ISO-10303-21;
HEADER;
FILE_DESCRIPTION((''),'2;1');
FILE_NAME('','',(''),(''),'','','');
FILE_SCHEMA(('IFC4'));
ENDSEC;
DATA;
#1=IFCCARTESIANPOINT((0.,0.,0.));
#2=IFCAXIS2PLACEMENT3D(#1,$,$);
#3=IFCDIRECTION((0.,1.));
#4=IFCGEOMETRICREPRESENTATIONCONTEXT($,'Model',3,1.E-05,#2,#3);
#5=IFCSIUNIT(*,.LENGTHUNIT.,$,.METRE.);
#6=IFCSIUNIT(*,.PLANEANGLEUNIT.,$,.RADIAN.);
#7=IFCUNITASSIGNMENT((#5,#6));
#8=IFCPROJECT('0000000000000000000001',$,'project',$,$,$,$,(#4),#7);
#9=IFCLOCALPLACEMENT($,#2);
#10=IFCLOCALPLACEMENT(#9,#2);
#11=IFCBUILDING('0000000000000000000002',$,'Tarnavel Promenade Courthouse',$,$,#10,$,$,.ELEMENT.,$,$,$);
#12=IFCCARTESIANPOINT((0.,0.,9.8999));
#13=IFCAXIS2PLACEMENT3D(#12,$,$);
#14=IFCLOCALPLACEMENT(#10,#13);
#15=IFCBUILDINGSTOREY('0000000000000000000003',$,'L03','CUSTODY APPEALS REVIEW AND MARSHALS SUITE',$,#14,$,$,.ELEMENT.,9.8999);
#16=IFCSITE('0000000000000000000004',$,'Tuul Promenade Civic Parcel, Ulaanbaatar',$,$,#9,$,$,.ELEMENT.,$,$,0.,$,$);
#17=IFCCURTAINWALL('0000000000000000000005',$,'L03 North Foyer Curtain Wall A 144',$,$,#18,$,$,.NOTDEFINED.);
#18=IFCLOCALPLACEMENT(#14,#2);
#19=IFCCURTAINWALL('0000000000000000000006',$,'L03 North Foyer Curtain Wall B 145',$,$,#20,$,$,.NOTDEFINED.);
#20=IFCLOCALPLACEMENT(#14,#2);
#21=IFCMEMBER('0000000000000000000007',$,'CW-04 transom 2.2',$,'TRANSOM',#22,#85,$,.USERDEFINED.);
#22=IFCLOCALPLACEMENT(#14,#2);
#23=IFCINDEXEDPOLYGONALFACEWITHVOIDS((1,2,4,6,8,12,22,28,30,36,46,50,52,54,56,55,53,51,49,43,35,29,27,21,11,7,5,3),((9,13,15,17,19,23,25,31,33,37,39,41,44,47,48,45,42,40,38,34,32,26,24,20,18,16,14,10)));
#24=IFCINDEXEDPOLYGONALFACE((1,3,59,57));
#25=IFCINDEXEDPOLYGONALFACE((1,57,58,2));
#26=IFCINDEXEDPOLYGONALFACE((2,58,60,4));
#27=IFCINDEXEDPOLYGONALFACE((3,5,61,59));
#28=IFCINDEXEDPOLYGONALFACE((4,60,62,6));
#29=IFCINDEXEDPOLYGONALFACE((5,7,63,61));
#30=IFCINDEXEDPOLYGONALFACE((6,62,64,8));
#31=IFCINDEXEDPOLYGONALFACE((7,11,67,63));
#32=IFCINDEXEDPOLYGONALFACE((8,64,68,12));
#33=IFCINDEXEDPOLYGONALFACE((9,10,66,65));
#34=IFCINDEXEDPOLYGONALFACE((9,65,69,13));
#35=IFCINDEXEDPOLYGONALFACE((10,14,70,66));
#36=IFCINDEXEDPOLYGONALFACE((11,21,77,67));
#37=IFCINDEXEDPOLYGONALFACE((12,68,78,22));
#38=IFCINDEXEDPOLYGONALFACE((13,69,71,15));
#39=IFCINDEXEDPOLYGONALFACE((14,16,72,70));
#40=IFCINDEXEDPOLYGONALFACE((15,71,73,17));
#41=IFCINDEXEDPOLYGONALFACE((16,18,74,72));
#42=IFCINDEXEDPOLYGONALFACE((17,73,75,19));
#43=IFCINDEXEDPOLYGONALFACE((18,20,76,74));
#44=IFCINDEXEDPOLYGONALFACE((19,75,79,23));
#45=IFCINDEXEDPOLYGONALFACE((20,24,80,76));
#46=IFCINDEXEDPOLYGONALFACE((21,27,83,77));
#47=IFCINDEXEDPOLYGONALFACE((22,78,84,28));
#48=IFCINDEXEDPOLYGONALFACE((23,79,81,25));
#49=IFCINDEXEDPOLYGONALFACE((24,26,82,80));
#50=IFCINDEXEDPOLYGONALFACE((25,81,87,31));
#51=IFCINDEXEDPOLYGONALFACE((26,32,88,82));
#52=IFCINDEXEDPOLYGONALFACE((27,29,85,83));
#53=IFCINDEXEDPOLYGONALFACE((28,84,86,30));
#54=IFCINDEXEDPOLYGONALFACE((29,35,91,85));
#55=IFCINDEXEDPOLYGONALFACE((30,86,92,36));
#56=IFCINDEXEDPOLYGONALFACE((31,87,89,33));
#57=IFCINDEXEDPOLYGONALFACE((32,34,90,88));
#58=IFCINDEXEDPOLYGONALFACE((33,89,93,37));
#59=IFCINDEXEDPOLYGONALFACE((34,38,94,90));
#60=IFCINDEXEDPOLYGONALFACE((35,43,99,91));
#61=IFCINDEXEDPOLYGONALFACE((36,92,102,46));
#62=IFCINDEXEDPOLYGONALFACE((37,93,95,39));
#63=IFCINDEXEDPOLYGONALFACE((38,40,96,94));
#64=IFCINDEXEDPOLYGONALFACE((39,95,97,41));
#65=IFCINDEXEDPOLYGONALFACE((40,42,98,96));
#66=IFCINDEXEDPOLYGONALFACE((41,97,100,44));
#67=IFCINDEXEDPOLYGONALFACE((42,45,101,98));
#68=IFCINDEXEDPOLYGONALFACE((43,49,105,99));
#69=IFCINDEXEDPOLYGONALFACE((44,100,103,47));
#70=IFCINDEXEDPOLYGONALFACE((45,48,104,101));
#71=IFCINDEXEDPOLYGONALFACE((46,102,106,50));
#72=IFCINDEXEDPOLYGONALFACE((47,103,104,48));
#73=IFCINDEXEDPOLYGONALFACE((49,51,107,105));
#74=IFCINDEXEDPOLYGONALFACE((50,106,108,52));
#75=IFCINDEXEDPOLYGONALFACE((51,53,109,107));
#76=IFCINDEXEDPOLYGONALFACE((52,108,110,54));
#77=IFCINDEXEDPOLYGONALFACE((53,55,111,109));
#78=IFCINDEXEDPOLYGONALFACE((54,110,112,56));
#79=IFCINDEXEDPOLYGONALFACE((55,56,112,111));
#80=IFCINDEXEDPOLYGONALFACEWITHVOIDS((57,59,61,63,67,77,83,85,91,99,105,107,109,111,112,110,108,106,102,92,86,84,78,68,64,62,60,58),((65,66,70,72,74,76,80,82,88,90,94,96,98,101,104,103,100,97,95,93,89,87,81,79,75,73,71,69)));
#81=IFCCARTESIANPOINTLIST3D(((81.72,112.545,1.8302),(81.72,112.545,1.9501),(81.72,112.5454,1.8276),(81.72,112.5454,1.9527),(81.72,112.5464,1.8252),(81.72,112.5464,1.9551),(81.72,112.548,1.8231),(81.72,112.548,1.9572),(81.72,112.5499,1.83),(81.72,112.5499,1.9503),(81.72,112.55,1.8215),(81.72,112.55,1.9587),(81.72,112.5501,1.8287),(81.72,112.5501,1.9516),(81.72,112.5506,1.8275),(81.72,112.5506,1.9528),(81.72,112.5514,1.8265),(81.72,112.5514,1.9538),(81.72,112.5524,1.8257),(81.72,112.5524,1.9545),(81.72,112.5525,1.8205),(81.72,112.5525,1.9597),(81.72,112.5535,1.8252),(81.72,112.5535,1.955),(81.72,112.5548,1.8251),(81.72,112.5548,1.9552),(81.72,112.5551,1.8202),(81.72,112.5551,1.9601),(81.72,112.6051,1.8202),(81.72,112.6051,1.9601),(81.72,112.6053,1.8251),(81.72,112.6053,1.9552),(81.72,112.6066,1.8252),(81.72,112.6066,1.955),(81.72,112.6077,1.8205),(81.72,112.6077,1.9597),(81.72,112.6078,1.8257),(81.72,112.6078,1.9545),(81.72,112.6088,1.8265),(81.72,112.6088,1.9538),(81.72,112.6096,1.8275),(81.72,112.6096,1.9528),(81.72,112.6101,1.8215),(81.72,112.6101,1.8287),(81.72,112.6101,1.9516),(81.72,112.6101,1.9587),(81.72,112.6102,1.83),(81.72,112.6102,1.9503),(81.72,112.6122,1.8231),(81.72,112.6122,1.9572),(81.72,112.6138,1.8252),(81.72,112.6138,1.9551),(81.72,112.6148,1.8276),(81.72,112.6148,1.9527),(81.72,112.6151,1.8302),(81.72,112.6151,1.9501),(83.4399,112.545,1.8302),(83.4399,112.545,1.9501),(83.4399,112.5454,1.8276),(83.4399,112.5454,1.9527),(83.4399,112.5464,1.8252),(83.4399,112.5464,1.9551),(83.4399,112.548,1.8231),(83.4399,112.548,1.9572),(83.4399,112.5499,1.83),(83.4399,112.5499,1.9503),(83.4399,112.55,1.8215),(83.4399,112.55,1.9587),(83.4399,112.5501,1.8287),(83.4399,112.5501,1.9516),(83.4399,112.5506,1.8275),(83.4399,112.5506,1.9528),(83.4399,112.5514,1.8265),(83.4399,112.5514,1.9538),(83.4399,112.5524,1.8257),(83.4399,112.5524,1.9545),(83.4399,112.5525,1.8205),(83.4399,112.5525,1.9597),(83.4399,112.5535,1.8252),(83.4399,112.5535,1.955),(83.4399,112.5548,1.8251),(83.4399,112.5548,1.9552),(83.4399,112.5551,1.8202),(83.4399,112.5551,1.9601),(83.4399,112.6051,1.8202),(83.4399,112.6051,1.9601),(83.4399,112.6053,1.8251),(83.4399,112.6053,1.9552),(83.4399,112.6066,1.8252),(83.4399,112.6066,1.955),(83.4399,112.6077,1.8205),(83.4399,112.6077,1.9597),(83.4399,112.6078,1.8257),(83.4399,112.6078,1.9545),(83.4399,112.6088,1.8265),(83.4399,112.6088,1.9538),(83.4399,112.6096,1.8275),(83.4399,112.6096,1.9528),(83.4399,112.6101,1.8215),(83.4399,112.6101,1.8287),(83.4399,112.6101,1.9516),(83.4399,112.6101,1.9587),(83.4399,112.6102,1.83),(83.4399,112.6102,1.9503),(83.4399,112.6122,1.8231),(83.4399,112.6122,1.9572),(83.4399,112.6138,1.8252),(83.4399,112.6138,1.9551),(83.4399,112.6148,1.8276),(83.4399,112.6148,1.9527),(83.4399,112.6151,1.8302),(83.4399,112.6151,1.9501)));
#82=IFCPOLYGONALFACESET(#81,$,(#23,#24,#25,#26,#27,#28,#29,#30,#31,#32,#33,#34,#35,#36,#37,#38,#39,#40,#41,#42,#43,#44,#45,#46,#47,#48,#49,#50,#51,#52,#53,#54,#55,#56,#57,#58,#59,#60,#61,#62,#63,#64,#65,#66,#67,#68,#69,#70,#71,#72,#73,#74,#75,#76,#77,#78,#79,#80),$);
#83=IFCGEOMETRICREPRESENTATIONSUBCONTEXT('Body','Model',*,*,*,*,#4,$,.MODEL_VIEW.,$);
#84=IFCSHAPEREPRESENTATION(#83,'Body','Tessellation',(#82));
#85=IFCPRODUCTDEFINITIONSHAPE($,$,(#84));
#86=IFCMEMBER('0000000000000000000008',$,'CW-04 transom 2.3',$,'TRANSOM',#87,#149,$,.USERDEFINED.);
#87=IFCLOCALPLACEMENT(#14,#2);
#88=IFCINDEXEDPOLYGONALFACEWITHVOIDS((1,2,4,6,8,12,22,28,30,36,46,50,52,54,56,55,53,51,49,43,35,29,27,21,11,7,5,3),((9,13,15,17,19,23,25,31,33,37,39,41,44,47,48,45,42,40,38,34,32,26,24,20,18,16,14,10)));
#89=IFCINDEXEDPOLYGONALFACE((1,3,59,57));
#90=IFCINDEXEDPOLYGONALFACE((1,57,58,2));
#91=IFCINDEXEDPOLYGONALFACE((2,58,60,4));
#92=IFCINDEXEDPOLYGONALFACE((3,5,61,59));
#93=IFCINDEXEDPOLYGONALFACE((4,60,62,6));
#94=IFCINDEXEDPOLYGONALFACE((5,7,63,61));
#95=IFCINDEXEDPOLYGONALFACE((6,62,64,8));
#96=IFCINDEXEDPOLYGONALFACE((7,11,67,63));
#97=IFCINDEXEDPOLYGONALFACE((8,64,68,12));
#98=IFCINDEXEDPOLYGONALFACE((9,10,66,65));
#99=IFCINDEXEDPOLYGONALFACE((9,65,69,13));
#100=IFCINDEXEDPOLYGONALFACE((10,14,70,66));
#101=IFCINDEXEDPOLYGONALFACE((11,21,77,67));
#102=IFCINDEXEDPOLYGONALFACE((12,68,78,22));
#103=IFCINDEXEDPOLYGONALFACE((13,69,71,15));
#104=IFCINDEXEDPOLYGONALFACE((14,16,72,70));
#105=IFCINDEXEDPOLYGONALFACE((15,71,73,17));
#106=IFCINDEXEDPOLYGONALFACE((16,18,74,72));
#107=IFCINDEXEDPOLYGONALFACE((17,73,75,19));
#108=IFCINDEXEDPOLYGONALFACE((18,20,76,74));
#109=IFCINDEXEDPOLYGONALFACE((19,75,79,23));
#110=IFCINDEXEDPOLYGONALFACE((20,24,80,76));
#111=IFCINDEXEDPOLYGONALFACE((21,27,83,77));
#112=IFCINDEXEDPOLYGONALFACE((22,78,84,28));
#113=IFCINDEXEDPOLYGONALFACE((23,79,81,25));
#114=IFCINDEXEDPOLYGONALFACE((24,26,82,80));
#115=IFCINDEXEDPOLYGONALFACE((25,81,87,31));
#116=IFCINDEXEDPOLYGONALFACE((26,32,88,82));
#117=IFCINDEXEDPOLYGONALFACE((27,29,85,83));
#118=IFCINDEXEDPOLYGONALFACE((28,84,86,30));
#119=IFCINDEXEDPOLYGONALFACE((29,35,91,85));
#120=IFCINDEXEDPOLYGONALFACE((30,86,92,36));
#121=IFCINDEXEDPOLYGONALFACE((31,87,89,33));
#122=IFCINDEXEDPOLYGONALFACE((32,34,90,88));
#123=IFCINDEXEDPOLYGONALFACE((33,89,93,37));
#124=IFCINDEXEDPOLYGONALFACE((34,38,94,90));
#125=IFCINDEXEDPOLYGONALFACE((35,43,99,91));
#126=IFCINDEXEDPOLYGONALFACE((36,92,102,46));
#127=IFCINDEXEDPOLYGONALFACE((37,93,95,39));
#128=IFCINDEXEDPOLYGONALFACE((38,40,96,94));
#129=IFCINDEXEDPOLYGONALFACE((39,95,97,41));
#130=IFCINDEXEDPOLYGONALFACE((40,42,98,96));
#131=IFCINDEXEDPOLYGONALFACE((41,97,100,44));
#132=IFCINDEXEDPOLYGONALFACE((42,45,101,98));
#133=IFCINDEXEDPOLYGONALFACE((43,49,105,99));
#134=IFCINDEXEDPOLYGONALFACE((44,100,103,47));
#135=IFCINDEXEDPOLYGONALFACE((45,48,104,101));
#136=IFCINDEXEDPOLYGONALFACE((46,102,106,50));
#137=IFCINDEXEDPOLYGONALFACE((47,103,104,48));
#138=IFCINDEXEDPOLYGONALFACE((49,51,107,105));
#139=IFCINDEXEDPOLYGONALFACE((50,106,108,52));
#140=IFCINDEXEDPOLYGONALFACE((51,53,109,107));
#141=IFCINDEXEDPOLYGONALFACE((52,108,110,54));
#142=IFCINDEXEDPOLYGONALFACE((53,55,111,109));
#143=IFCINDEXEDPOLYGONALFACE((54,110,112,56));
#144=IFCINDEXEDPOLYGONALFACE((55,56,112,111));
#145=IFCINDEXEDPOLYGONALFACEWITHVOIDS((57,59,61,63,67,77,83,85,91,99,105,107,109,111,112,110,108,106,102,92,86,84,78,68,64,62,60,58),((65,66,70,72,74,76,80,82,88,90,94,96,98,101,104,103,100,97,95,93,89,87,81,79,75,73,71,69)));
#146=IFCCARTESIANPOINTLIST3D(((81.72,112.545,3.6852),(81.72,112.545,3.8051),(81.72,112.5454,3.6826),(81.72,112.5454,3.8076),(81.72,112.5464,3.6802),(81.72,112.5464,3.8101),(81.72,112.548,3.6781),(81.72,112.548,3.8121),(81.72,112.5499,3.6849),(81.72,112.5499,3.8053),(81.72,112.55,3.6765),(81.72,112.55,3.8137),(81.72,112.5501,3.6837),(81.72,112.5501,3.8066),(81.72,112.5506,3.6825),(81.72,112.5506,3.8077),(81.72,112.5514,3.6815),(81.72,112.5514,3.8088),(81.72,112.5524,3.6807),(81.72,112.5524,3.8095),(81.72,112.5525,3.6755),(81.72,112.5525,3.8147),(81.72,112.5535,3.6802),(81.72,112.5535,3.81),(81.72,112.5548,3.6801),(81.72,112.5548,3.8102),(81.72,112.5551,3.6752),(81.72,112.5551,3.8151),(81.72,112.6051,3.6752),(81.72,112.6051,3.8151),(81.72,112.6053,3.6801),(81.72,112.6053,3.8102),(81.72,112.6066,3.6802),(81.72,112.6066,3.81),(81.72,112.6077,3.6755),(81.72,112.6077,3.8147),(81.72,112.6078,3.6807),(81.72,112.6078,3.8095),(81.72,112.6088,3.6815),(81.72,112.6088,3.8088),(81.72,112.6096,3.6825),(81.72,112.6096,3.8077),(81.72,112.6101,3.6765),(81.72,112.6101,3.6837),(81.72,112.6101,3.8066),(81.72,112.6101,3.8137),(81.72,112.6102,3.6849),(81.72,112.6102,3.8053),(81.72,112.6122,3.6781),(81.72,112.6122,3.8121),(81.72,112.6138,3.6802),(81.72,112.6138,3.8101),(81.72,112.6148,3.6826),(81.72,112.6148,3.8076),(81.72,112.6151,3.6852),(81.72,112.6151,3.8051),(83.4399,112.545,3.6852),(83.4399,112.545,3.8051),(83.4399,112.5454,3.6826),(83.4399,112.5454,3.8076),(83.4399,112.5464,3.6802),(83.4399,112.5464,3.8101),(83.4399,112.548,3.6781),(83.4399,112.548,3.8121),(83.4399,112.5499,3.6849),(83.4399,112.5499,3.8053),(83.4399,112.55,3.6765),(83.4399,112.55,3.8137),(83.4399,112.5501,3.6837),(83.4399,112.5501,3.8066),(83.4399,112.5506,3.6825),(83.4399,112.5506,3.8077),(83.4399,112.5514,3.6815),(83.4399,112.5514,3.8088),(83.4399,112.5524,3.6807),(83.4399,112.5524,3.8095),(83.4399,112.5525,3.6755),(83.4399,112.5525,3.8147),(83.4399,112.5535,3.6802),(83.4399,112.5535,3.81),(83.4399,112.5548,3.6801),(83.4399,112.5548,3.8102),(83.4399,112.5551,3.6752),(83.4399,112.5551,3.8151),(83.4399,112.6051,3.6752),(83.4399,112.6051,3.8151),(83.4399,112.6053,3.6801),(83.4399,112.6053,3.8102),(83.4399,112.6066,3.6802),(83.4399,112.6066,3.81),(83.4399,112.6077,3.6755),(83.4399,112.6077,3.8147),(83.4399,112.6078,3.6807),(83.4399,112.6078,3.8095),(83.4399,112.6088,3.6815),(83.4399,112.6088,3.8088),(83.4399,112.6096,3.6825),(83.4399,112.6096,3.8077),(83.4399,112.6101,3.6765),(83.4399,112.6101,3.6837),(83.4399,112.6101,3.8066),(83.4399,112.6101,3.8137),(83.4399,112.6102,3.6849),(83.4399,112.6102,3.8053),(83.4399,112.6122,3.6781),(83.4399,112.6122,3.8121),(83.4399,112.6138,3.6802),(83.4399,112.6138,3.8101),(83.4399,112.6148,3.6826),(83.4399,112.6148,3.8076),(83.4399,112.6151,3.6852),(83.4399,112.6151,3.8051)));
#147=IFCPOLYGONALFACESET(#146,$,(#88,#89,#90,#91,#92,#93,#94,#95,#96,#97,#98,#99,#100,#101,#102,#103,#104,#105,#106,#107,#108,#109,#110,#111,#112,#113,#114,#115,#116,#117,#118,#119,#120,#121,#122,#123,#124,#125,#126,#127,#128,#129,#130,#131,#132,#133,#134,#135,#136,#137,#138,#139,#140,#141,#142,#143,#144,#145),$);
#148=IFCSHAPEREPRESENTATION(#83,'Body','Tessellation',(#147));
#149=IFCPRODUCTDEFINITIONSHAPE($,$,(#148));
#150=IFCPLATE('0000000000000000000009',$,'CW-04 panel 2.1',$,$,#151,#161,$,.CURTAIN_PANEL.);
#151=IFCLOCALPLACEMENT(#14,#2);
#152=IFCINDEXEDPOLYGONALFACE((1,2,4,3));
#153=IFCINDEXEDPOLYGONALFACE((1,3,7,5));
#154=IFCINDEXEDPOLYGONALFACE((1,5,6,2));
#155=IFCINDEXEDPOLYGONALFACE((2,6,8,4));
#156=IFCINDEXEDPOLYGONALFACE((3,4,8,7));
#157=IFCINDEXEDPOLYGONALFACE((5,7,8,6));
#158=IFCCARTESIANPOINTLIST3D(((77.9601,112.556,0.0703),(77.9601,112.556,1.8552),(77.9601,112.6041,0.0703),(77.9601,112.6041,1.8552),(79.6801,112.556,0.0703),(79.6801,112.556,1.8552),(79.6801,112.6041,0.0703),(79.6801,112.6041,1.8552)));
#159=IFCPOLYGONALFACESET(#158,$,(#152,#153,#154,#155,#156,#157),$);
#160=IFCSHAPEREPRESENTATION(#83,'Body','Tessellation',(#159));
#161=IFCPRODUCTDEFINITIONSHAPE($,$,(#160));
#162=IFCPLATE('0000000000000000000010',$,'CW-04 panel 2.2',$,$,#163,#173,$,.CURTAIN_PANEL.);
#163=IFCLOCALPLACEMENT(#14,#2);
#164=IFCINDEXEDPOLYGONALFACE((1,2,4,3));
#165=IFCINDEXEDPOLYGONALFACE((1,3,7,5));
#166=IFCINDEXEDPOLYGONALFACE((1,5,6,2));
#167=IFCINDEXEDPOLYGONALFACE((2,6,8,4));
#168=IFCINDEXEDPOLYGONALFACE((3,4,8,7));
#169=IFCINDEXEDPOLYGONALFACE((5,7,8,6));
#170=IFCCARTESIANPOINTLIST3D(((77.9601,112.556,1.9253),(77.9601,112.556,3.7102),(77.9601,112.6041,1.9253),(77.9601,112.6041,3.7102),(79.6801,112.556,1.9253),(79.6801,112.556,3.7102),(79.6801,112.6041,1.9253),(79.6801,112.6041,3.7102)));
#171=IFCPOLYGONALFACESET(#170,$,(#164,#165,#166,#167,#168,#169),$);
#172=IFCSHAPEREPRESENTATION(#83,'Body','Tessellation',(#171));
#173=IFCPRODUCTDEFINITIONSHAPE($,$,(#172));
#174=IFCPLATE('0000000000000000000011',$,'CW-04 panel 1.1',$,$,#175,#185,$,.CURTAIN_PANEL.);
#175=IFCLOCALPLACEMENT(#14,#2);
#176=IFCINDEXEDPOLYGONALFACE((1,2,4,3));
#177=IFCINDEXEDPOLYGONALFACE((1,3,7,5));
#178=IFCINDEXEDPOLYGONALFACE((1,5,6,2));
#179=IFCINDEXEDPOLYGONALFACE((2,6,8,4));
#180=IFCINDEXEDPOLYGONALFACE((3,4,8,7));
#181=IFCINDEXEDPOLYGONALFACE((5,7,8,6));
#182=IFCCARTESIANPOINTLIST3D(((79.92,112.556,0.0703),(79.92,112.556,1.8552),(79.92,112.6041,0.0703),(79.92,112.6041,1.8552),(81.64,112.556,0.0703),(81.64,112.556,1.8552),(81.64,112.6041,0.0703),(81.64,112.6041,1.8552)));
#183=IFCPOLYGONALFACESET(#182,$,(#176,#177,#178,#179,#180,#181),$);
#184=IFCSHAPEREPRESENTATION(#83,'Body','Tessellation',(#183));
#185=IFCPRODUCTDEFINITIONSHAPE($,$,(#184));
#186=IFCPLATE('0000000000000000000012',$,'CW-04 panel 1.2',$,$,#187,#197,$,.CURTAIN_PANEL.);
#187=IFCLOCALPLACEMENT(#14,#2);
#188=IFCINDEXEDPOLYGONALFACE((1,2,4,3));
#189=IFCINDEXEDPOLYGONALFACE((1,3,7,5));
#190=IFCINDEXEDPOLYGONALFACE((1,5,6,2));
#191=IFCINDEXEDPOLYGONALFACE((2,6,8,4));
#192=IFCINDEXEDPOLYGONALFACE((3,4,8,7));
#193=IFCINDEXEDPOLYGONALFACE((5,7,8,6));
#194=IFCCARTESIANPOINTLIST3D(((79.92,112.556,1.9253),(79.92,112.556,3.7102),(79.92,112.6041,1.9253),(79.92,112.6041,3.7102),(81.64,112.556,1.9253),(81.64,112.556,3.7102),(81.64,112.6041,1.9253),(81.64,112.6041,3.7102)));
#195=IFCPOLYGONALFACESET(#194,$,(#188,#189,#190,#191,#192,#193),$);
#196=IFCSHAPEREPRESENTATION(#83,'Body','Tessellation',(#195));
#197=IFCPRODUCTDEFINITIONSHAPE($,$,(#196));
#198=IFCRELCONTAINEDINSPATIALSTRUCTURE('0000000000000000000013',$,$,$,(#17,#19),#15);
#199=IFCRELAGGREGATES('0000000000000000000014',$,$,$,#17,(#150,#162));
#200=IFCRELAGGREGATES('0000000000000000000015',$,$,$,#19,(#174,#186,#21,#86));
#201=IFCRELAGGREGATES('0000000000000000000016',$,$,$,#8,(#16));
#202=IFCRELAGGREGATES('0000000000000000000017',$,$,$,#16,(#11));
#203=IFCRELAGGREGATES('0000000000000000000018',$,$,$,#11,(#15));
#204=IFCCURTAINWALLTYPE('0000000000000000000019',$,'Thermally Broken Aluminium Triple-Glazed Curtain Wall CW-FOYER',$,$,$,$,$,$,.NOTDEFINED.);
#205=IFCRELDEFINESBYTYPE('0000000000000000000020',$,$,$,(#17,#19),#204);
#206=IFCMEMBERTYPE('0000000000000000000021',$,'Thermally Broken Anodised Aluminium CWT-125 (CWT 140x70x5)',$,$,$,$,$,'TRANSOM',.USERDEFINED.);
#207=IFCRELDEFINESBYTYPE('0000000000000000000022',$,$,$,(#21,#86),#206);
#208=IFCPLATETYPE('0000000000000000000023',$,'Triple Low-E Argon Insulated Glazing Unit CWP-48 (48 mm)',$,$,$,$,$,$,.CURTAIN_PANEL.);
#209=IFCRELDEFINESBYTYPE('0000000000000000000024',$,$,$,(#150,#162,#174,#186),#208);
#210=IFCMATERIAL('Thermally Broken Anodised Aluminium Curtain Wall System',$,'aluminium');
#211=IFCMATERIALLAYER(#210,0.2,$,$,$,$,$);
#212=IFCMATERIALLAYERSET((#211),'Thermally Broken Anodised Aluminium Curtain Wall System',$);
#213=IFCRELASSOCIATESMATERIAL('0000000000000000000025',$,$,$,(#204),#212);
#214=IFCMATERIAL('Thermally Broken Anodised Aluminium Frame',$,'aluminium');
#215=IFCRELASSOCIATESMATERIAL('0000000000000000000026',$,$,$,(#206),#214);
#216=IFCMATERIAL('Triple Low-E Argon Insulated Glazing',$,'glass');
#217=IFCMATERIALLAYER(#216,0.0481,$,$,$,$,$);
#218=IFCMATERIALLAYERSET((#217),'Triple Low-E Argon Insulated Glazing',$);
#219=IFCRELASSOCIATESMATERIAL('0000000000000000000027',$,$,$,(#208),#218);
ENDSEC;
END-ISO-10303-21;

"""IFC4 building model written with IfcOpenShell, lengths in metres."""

from ifc_helpers import new_model, si_unit, direction, frame, origin, origin_2d, place, context, subcontext, project, spatial, rectangle, hollow_rectangle, extrude, material, layer, layer_set, material_profile, profile_set, type_object, element, aggregate, save


model = new_model("IFC4")

# Units and contexts
model_context = context("Model", 3, precision=1e-05, world=origin(), true_north=direction((0.0, 1.0)))
body_context = subcontext(model_context, "Body", "Model", "MODEL_VIEW")
ifc_project = project(units=[si_unit("LENGTHUNIT", "METRE"), si_unit("PLANEANGLEUNIT", "RADIAN")], contexts=[model_context])

# Site, building, storey
site_placement = place(None, origin())
site = spatial("IfcSite", under=ifc_project, at=site_placement, Name="Tuul Promenade Civic Parcel, Ulaanbaatar", CompositionType="ELEMENT", RefElevation=0.0)
building_placement = place(site_placement, origin())
building = spatial("IfcBuilding", under=site, at=building_placement, Name="Tarnavel Promenade Courthouse", CompositionType="ELEMENT")
storey_placement = place(building_placement, frame((0.0, 0.0, 9.8999)))
storey = spatial("IfcBuildingStorey", under=building, at=storey_placement, Name="L03", Description="CUSTODY APPEALS REVIEW AND MARSHALS SUITE", CompositionType="ELEMENT", Elevation=9.8999)

# Curtain wall
ifc_material_1 = material(Name="Thermally Broken Anodised Aluminium Curtain Wall System", Category="aluminium")
ifc_layer_1 = layer(ifc_material_1, 0.2)
ifc_layer_set_1 = layer_set([ifc_layer_1], Name="Thermally Broken Anodised Aluminium Curtain Wall System")
curtain_wall_type = type_object("IfcCurtainWallType", Name="Thermally Broken Aluminium Triple-Glazed Curtain Wall CW-FOYER", PredefinedType="NOTDEFINED", material=ifc_layer_set_1)
curtain_wall_1_placement = place(storey_placement, origin())
curtain_wall_1 = element("IfcCurtainWall", 1, at=curtain_wall_1_placement, inside=storey, type_object=curtain_wall_type, Name="L03 North Foyer Curtain Wall A 144", PredefinedType="NOTDEFINED")
ifc_material_2 = material(Name="Thermally Broken Anodised Aluminium Frame", Category="aluminium")

# Curtain wall
curtain_wall_2_placement = place(storey_placement, origin())
curtain_wall_2 = element("IfcCurtainWall", 2, at=curtain_wall_2_placement, inside=storey, type_object=curtain_wall_type, Name="L03 North Foyer Curtain Wall B 145", PredefinedType="NOTDEFINED")

# Members
ifc_material_profile_1 = material_profile(ifc_material_2, hollow_rectangle(XDim=0.0701, YDim=0.1399, WallThickness=0.0049, InnerFilletRadius=0.0049, OuterFilletRadius=0.01, at=origin_2d()), Name="CWT 140x70x5")
ifc_profile_set_1 = profile_set([ifc_material_profile_1], Name="Thermally Broken Anodised Aluminium Frame")
member_type_1 = type_object("IfcMemberType", Name="Thermally Broken Anodised Aluminium CWT-125 (CWT 140x70x5)", ElementType="TRANSOM", PredefinedType="USERDEFINED", material=ifc_profile_set_1)
member_1_placement = place(storey_placement, frame((81.72, 112.5801, 1.8901), z_axis=(1.0, 0.0, 0.0), x_axis=(0.0, 1.0, 0.0)))
member_1 = element("IfcMember", 3, at=member_1_placement, type_object=member_type_1, Name="CW-04 transom 2.2", ObjectType="TRANSOM", PredefinedType="USERDEFINED", context=body_context, shape_type="SweptSolid", body=[
    extrude(hollow_rectangle(XDim=0.0701, YDim=0.1399, WallThickness=0.0049, InnerFilletRadius=0.0049, OuterFilletRadius=0.01, at=origin_2d()), origin(), (0.0, 0.0, 1.0), 1.72),
])
member_2_placement = place(storey_placement, frame((81.72, 112.5801, 3.7451), z_axis=(1.0, 0.0, 0.0), x_axis=(0.0, 1.0, 0.0)))
member_2 = element("IfcMember", 4, at=member_2_placement, type_object=member_type_1, Name="CW-04 transom 2.3", ObjectType="TRANSOM", PredefinedType="USERDEFINED", context=body_context, shape_type="SweptSolid", body=[
    extrude(hollow_rectangle(XDim=0.0701, YDim=0.1399, WallThickness=0.0049, InnerFilletRadius=0.0049, OuterFilletRadius=0.01, at=origin_2d()), origin(), (0.0, 0.0, 1.0), 1.72),
])

# Plates
ifc_material_3 = material(Name="Triple Low-E Argon Insulated Glazing", Category="glass")
ifc_layer_2 = layer(ifc_material_3, 0.0481)
ifc_layer_set_2 = layer_set([ifc_layer_2], Name="Triple Low-E Argon Insulated Glazing")
plate_type = type_object("IfcPlateType", Name="Triple Low-E Argon Insulated Glazing Unit CWP-48 (48 mm)", PredefinedType="CURTAIN_PANEL", material=ifc_layer_set_2)
plate_1_placement = place(storey_placement, frame((78.8201, 112.5801, 0.0703), z_axis=(0.0, 0.0, 1.0), x_axis=(1.0, 0.0, 0.0)))
plate_1 = element("IfcPlate", 5, at=plate_1_placement, type_object=plate_type, Name="CW-04 panel 2.1", PredefinedType="CURTAIN_PANEL", context=body_context, shape_type="SweptSolid", body=[
    extrude(rectangle(XDim=1.72, YDim=0.0481, at=origin_2d()), origin(), (0.0, 0.0, 1.0), 1.7849),
])
plate_2_placement = place(storey_placement, frame((78.8201, 112.5801, 1.9253), z_axis=(0.0, 0.0, 1.0), x_axis=(1.0, 0.0, 0.0)))
plate_2 = element("IfcPlate", 6, at=plate_2_placement, type_object=plate_type, Name="CW-04 panel 2.2", PredefinedType="CURTAIN_PANEL", context=body_context, shape_type="SweptSolid", body=[
    extrude(rectangle(XDim=1.72, YDim=0.0481, at=origin_2d()), origin(), (0.0, 0.0, 1.0), 1.7849),
])
aggregate(curtain_wall_1, [plate_1, plate_2])
plate_3_placement = place(storey_placement, frame((80.78, 112.5801, 0.0703), z_axis=(0.0, 0.0, 1.0), x_axis=(1.0, 0.0, 0.0)))
plate_3 = element("IfcPlate", 7, at=plate_3_placement, type_object=plate_type, Name="CW-04 panel 1.1", PredefinedType="CURTAIN_PANEL", context=body_context, shape_type="SweptSolid", body=[
    extrude(rectangle(XDim=1.72, YDim=0.0481, at=origin_2d()), origin(), (0.0, 0.0, 1.0), 1.7849),
])
plate_4_placement = place(storey_placement, frame((80.78, 112.5801, 1.9253), z_axis=(0.0, 0.0, 1.0), x_axis=(1.0, 0.0, 0.0)))
plate_4 = element("IfcPlate", 8, at=plate_4_placement, type_object=plate_type, Name="CW-04 panel 1.2", PredefinedType="CURTAIN_PANEL", context=body_context, shape_type="SweptSolid", body=[
    extrude(rectangle(XDim=1.72, YDim=0.0481, at=origin_2d()), origin(), (0.0, 0.0, 1.0), 1.7849),
])
aggregate(curtain_wall_2, [plate_3, plate_4, member_1, member_2])

save(model, "model.ifc")
